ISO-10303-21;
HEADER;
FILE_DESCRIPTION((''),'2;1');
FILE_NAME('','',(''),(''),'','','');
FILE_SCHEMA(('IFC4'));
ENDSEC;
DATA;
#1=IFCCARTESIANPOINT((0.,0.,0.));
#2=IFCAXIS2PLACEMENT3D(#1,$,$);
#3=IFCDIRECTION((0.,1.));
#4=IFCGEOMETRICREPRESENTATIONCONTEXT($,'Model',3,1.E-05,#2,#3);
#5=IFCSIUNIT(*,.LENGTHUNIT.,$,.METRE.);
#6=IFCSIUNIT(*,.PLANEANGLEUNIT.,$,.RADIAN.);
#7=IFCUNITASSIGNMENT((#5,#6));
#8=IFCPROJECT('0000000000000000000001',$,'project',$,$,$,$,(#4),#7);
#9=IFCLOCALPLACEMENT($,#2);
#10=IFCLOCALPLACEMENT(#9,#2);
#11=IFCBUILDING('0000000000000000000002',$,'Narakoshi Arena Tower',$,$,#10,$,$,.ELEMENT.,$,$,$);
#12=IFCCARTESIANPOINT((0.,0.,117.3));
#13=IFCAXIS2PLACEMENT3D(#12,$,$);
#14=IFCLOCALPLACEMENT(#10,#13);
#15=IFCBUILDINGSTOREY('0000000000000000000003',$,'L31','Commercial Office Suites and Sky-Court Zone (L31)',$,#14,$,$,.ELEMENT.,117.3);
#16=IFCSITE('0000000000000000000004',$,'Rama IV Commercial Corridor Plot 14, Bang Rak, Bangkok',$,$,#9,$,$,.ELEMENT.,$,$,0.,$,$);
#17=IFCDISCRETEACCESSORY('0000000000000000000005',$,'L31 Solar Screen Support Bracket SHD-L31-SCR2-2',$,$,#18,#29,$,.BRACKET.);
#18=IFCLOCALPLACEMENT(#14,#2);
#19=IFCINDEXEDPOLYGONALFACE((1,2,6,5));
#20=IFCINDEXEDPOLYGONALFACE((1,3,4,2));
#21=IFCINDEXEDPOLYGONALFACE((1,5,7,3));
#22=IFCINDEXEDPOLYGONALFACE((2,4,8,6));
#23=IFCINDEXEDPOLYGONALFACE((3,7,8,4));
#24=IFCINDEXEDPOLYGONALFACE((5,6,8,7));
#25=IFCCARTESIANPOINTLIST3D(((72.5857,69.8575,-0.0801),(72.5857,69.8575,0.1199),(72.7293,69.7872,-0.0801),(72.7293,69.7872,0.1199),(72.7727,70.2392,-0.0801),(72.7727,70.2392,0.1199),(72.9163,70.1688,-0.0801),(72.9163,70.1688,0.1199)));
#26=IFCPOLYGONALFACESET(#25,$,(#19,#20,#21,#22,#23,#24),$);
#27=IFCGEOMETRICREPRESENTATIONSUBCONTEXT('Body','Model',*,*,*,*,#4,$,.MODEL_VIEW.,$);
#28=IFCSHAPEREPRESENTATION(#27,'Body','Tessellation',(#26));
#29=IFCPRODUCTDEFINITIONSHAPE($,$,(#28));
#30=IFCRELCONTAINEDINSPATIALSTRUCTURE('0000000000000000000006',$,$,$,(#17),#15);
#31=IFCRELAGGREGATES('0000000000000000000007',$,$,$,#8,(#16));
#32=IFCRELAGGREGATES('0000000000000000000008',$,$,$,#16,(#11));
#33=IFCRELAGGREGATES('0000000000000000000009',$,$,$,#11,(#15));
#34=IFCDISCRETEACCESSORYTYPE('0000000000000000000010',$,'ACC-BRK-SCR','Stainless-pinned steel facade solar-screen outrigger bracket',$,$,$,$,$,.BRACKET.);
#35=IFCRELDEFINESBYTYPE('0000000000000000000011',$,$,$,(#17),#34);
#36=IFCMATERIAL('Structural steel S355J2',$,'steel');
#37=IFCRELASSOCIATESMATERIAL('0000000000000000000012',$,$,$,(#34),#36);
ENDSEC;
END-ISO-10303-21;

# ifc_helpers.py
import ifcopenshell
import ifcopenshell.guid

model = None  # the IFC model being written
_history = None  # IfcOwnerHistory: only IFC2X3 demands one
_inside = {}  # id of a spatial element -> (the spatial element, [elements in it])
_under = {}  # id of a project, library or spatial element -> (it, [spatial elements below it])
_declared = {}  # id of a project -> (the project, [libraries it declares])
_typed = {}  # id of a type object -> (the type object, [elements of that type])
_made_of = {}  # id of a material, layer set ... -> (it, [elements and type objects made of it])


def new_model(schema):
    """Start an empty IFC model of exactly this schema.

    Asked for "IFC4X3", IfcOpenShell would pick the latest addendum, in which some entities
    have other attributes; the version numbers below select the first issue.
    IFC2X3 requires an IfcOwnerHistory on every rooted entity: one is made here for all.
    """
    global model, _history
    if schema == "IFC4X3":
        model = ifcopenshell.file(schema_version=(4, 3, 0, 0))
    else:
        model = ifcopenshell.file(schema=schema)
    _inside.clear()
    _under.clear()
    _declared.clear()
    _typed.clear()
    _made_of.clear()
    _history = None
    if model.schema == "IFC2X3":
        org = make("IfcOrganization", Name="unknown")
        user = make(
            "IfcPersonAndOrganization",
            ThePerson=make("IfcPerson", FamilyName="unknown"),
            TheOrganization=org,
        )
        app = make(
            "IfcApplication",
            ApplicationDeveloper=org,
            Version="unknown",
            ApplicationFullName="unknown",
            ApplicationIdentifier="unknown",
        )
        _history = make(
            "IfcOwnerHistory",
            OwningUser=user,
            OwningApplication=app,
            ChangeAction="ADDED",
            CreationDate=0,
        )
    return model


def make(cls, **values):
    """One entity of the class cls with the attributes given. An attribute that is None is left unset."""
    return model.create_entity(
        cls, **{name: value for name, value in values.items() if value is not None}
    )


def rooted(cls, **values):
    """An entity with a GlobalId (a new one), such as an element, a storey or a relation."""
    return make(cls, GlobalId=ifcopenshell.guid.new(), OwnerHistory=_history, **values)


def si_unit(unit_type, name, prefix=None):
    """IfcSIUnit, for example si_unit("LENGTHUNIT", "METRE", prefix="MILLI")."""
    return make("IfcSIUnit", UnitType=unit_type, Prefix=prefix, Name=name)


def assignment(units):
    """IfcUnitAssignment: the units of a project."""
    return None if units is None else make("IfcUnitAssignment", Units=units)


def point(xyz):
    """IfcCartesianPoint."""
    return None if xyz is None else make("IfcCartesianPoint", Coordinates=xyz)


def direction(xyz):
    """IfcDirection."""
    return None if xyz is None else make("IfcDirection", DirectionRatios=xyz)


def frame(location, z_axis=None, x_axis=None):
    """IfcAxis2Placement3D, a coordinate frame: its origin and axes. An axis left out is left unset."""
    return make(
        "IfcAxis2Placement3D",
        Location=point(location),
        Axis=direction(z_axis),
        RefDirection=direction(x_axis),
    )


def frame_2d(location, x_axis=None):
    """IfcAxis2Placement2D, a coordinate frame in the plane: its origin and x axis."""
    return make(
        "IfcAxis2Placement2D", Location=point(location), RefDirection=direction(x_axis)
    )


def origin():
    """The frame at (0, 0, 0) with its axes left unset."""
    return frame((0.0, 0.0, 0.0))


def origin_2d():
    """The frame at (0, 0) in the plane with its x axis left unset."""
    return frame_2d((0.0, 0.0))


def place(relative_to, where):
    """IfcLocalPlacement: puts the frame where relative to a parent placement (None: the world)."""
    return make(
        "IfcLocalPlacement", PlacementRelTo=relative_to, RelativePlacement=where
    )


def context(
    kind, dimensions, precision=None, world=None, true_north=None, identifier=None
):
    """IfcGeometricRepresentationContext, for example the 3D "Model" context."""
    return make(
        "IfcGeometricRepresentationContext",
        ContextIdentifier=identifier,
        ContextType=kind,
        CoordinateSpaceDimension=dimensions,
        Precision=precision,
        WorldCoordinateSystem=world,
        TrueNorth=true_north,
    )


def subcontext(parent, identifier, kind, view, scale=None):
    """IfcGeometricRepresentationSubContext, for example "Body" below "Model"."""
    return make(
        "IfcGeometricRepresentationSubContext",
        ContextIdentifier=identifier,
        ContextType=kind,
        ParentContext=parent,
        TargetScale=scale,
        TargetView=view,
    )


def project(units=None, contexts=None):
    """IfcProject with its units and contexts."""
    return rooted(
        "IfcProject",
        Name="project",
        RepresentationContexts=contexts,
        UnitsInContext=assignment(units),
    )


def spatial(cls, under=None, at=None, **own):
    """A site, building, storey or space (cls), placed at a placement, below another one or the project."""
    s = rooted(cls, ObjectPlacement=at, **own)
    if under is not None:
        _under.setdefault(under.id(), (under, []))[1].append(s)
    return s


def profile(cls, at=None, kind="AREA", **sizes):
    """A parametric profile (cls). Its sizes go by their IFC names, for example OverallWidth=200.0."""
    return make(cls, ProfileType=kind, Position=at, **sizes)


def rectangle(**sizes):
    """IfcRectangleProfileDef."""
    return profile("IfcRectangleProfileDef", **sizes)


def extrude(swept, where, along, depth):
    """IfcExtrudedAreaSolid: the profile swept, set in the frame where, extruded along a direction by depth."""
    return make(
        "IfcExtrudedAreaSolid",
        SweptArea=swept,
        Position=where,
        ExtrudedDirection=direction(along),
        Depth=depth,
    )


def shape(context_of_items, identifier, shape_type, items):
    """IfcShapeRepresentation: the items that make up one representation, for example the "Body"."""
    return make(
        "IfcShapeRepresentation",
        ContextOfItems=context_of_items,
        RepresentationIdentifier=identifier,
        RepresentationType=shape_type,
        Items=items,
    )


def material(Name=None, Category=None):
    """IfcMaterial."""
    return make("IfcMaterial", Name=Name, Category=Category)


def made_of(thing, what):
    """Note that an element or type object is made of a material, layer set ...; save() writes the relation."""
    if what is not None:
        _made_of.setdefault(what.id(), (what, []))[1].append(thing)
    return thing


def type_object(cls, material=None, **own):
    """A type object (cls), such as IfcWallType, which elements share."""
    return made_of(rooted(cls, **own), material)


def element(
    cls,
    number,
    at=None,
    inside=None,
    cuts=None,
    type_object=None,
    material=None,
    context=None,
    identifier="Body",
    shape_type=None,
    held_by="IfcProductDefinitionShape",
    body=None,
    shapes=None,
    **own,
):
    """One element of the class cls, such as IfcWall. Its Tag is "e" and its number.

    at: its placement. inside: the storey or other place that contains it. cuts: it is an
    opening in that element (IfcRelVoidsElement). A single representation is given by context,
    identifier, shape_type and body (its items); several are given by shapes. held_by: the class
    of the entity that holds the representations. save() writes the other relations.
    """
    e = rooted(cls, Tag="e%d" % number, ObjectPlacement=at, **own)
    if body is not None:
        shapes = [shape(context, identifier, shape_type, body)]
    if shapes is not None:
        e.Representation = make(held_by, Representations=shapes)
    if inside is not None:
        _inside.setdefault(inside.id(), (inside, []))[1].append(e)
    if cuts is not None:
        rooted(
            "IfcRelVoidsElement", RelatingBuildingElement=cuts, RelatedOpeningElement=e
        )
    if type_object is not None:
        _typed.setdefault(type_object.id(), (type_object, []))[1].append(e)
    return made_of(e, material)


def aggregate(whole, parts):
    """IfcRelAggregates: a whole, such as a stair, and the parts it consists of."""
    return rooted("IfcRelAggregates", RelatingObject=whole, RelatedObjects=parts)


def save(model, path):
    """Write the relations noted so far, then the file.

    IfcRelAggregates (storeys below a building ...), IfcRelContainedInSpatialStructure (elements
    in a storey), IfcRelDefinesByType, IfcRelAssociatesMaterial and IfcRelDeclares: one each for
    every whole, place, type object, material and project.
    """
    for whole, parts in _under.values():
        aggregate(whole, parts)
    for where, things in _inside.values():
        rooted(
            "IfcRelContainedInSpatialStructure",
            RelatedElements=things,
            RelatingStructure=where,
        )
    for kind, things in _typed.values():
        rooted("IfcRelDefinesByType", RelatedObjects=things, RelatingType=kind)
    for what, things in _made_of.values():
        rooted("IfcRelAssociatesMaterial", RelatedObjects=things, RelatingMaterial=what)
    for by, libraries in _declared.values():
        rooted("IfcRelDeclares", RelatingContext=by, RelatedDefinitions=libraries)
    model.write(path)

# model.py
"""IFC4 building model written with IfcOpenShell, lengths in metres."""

from ifc_helpers import new_model, si_unit, direction, frame, origin, origin_2d, place, context, subcontext, project, spatial, rectangle, extrude, material, type_object, element, save


model = new_model("IFC4")

# Units and contexts
model_context = context("Model", 3, precision=1e-05, world=origin(), true_north=direction((0.0, 1.0)))
body_context = subcontext(model_context, "Body", "Model", "MODEL_VIEW")
ifc_project = project(units=[si_unit("LENGTHUNIT", "METRE"), si_unit("PLANEANGLEUNIT", "RADIAN")], contexts=[model_context])

# Site, building, storey
site_placement = place(None, origin())
site = spatial("IfcSite", under=ifc_project, at=site_placement, Name="Rama IV Commercial Corridor Plot 14, Bang Rak, Bangkok", CompositionType="ELEMENT", RefElevation=0.0)
building_placement = place(site_placement, origin())
building = spatial("IfcBuilding", under=site, at=building_placement, Name="Narakoshi Arena Tower", CompositionType="ELEMENT")
storey_placement = place(building_placement, frame((0.0, 0.0, 117.3)))
storey = spatial("IfcBuildingStorey", under=building, at=storey_placement, Name="L31", Description="Commercial Office Suites and Sky-Court Zone (L31)", CompositionType="ELEMENT", Elevation=117.3)

# Shared definitions
ifc_material_1 = material(Name="Structural steel S355J2", Category="steel")

# Discrete accessory
discrete_accessory_type = type_object("IfcDiscreteAccessoryType", Name="ACC-BRK-SCR", Description="Stainless-pinned steel facade solar-screen outrigger bracket", PredefinedType="BRACKET", material=ifc_material_1)
discrete_accessory_placement = place(storey_placement, frame((72.751, 70.0132, -0.0801), z_axis=(0.0, 0.0, 1.0), x_axis=(-0.897997, 0.440002, 0.0)))
element("IfcDiscreteAccessory", 1, at=discrete_accessory_placement, inside=storey, type_object=discrete_accessory_type, Name="L31 Solar Screen Support Bracket SHD-L31-SCR2-2", PredefinedType="BRACKET", context=body_context, shape_type="SweptSolid", body=[
    extrude(rectangle(XDim=0.1599, YDim=0.425, at=origin_2d()), origin(), (0.0, 0.0, 1.0), 0.2),
])

save(model, "model.ifc")
